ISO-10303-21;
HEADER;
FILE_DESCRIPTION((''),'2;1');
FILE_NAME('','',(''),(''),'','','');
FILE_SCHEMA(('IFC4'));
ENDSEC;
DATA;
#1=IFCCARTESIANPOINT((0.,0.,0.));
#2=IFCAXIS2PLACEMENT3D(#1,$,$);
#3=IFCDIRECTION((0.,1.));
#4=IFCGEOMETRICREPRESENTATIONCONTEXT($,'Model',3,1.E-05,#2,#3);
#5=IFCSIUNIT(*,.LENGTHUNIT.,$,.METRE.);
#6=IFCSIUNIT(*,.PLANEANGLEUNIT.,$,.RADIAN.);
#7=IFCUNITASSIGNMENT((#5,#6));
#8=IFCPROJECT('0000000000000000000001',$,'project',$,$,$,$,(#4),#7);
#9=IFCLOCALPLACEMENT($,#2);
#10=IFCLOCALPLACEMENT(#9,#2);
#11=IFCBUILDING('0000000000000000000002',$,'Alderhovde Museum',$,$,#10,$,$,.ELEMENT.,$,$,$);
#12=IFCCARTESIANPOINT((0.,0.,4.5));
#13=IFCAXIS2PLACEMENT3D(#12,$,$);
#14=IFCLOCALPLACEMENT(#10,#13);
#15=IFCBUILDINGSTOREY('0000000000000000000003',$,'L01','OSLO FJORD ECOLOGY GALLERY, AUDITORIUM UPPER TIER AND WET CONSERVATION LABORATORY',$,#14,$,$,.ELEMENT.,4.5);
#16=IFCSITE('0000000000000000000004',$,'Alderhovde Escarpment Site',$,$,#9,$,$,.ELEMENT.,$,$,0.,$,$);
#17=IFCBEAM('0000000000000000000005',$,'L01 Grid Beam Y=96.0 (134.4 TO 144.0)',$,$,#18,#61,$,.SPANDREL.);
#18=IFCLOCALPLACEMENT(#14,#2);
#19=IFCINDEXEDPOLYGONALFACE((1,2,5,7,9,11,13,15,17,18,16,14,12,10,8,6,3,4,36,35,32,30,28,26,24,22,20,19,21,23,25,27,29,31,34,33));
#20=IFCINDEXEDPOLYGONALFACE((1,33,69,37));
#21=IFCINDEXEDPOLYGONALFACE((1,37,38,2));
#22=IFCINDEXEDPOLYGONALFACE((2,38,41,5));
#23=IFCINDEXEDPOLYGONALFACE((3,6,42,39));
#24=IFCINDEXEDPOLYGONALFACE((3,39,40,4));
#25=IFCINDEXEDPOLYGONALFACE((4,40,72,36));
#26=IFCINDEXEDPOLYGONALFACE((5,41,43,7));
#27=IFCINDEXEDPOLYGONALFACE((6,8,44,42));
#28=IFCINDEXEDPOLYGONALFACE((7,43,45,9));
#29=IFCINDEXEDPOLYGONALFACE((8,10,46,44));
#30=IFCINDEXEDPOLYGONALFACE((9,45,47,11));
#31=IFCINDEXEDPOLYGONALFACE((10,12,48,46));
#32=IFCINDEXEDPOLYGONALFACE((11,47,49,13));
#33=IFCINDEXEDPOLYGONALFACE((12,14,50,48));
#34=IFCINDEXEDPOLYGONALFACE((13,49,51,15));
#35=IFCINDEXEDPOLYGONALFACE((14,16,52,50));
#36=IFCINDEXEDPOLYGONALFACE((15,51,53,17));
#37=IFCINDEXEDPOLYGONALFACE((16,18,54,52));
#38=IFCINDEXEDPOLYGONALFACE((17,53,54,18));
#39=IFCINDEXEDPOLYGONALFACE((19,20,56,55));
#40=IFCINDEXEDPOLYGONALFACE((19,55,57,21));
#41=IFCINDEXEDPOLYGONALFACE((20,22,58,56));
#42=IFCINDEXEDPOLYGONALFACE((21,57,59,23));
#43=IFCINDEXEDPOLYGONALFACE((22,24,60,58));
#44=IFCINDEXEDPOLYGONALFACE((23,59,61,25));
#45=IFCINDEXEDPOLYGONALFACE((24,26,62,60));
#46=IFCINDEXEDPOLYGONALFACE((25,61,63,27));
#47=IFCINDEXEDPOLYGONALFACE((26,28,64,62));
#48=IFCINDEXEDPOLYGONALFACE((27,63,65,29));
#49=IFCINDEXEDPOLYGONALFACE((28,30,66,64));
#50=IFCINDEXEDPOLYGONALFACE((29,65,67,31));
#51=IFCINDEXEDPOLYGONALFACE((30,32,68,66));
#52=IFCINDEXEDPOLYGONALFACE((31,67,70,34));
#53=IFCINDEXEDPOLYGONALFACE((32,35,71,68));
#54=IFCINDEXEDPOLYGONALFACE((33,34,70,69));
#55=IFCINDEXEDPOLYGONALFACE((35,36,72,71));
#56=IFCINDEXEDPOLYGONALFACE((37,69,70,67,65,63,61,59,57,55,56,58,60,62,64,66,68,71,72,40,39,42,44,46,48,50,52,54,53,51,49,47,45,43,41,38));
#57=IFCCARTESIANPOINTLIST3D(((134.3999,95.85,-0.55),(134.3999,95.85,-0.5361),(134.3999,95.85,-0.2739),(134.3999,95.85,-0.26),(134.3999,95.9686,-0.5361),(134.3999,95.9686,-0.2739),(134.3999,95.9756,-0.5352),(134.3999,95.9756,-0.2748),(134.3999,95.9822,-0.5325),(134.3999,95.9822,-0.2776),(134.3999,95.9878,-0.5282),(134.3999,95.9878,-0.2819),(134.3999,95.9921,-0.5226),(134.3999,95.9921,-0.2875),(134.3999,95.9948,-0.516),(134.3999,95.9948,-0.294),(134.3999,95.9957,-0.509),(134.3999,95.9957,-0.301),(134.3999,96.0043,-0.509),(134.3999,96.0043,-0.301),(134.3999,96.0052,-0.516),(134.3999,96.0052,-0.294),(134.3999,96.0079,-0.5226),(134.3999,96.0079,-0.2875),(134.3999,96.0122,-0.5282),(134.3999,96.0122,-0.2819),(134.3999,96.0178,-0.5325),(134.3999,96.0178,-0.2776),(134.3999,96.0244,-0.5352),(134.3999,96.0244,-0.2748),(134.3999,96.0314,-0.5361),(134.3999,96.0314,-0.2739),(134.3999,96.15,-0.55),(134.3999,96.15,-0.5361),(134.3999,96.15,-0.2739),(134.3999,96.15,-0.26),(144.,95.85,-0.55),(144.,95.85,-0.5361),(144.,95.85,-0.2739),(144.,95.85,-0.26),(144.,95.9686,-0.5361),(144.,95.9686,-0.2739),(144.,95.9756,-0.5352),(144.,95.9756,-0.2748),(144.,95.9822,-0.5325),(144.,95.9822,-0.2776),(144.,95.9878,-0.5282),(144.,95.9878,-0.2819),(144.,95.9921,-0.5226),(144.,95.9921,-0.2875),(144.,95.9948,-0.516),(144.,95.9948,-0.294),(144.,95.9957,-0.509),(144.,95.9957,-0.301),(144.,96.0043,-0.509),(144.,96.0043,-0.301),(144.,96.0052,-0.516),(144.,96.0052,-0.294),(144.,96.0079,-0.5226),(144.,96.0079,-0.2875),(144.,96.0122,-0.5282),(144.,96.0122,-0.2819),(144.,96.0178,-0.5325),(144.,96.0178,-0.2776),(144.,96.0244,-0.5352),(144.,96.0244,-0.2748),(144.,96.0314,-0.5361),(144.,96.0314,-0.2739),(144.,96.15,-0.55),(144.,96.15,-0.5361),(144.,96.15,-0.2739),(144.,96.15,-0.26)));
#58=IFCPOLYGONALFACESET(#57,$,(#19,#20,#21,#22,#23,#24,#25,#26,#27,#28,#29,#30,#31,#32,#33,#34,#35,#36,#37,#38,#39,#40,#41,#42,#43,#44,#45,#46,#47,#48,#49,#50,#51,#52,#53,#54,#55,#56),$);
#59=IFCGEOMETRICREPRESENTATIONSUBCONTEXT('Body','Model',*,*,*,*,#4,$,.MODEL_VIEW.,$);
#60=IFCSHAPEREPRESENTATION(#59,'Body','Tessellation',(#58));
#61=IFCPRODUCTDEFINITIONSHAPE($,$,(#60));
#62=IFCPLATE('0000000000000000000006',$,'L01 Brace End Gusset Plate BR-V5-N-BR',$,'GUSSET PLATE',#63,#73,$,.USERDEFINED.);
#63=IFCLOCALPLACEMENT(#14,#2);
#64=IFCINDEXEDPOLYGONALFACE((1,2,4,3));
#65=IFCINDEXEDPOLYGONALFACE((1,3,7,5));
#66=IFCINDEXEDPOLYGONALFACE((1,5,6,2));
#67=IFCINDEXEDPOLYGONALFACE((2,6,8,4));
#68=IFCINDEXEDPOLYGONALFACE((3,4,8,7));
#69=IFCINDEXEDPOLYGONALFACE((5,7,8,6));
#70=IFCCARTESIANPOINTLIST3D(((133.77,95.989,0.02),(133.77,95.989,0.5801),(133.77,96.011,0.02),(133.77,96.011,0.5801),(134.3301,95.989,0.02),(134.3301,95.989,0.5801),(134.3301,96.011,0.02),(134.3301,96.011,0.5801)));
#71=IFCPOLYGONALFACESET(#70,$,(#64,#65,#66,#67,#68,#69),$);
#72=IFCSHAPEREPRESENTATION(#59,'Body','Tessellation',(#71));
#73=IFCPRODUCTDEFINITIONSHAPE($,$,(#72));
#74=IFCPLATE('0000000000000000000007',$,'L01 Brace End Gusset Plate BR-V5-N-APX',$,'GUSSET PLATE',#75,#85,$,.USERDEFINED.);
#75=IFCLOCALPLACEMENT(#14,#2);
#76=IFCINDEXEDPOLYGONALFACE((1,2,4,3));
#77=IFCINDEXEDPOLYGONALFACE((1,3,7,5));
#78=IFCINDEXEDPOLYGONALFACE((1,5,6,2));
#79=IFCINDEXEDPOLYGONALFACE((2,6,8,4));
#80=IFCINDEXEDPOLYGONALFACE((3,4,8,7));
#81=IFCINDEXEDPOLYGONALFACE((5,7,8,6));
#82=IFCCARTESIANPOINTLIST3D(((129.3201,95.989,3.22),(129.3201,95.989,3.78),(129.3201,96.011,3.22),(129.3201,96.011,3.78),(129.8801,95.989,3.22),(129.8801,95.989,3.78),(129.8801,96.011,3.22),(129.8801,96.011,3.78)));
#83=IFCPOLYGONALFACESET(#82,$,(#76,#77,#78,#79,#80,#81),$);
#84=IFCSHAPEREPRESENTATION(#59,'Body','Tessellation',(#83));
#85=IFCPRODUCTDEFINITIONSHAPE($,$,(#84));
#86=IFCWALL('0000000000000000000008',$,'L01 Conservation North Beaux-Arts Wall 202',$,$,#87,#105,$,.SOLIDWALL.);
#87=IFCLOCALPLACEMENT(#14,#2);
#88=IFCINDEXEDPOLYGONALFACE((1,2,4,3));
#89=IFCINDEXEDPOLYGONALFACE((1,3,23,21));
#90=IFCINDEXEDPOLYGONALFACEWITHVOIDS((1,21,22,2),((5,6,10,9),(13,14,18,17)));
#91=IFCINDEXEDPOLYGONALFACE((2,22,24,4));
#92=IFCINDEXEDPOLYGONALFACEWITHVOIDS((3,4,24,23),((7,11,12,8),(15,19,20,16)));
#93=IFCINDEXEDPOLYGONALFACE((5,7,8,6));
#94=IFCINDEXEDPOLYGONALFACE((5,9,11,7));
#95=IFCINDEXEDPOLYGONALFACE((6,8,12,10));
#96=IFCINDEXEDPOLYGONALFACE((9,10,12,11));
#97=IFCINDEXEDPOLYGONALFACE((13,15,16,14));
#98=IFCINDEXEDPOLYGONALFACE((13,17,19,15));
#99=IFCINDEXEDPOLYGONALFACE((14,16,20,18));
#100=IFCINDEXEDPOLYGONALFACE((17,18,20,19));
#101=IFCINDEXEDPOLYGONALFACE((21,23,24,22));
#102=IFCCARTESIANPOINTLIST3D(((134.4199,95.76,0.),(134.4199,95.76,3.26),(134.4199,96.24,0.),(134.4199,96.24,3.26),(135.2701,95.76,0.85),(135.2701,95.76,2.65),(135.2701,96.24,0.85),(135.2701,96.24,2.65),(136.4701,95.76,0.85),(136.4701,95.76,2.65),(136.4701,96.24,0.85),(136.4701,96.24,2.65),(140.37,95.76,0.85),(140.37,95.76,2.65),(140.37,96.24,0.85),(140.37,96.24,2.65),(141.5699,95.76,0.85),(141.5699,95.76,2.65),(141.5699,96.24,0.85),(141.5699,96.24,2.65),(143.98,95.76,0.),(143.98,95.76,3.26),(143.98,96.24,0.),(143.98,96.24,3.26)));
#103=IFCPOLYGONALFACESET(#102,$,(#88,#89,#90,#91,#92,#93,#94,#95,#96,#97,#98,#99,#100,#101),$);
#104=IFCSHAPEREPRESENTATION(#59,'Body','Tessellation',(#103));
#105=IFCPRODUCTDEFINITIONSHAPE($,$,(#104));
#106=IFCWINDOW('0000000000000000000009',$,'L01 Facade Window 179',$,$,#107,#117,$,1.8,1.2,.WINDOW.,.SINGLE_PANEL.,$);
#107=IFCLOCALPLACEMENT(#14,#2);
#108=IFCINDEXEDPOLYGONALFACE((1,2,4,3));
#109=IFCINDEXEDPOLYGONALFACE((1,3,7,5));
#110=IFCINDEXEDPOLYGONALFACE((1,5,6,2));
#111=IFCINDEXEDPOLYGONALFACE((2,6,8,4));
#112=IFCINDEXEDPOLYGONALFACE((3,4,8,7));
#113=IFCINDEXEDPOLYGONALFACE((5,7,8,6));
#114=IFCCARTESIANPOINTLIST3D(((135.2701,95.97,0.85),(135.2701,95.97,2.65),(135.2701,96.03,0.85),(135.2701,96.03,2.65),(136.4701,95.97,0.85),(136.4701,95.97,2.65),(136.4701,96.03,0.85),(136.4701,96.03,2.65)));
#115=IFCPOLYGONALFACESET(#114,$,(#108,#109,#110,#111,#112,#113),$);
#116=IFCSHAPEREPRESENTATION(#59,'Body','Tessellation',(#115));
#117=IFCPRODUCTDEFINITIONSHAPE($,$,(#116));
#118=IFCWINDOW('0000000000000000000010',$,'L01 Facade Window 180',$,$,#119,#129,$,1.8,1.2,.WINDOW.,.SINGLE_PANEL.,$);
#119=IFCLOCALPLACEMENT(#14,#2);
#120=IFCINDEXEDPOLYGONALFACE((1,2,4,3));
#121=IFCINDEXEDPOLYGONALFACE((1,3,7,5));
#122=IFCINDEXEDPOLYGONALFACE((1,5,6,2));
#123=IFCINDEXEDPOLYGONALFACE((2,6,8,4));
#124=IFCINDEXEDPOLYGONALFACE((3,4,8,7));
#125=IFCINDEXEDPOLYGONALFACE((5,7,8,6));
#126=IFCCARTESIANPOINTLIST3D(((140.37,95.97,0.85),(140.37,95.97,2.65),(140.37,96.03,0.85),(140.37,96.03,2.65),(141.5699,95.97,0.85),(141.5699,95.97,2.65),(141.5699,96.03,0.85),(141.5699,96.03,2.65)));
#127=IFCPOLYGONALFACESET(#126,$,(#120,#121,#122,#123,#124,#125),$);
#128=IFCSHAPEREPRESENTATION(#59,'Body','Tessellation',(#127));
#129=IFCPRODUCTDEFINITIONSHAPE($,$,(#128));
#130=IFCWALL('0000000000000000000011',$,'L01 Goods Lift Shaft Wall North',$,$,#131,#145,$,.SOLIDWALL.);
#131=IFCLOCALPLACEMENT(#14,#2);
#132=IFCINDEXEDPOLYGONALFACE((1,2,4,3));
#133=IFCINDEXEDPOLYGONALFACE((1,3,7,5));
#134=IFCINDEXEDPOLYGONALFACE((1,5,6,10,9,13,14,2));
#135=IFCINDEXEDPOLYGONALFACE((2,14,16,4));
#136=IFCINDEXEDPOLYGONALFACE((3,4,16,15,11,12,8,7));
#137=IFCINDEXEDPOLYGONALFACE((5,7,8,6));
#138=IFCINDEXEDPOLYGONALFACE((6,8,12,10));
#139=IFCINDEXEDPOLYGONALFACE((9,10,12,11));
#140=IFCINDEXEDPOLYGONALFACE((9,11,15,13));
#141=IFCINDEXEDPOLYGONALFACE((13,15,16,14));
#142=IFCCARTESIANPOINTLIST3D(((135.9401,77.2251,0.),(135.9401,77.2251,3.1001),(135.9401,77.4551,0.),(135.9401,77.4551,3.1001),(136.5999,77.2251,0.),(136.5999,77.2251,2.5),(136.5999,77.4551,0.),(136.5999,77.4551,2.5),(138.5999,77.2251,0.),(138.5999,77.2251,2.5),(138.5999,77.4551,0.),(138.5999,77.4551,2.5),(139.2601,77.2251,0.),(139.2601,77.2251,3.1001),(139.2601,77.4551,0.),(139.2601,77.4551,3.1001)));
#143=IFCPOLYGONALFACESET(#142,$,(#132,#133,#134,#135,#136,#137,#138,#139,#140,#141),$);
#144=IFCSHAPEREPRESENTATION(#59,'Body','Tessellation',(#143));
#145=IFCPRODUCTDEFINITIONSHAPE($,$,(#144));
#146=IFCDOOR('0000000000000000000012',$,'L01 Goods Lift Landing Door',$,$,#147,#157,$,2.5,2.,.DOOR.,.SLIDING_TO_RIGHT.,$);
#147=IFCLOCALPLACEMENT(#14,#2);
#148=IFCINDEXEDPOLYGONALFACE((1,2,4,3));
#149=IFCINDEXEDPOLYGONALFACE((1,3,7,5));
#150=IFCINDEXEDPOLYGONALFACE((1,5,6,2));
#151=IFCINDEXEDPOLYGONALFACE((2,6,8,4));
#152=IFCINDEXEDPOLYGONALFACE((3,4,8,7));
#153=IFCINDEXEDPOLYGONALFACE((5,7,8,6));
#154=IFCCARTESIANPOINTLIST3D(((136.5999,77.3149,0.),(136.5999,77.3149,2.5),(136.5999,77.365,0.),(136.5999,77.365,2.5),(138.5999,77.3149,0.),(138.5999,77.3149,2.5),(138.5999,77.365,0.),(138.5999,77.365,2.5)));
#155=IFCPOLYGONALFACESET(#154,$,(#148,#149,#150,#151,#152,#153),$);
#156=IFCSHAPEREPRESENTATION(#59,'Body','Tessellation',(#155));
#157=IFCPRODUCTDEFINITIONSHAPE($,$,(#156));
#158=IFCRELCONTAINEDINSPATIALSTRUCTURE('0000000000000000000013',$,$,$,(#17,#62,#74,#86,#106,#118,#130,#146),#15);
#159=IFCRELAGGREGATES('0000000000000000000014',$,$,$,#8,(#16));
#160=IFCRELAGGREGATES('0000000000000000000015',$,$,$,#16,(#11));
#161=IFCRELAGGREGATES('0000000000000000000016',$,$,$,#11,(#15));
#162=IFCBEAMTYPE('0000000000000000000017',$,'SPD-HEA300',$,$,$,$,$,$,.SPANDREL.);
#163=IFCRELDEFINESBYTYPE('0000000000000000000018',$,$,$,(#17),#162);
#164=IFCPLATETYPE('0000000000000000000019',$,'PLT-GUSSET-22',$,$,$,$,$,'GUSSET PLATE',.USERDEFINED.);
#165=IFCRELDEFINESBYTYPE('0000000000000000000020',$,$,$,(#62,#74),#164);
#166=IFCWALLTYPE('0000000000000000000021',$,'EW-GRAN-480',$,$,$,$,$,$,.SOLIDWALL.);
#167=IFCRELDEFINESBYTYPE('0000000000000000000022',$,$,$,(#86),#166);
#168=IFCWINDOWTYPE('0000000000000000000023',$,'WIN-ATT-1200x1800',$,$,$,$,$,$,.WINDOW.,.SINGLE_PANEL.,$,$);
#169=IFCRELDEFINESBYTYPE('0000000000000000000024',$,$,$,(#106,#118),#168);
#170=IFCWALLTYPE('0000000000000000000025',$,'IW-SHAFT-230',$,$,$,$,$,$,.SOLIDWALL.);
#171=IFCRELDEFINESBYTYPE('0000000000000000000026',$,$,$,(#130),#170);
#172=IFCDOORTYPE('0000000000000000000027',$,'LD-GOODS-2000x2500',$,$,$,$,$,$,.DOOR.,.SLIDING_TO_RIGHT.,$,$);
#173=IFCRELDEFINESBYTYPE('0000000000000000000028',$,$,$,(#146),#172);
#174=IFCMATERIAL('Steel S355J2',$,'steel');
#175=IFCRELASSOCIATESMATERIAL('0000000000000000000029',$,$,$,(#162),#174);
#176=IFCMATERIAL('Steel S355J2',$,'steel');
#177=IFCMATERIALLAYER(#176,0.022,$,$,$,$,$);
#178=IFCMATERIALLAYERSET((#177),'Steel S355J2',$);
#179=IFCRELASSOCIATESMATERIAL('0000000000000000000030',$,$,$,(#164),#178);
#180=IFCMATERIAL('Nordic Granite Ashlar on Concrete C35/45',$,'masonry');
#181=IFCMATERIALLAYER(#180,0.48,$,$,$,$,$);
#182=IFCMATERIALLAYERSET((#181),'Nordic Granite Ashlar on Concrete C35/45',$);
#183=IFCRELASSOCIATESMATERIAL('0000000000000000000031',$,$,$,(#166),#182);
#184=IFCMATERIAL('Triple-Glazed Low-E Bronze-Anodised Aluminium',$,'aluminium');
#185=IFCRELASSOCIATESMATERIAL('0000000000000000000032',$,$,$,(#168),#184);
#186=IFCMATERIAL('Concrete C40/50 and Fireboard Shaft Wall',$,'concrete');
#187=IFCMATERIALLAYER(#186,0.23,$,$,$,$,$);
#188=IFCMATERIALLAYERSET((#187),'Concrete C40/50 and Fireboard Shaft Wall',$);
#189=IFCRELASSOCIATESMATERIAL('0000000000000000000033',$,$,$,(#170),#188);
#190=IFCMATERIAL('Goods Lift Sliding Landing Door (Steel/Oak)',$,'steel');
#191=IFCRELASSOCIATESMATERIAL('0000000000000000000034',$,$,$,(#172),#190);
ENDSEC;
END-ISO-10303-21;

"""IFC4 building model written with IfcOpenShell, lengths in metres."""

from ifc_helpers import new_model, si_unit, direction, frame, frame_2d, origin, origin_2d, place, context, subcontext, project, spatial, rectangle, i_section, extrude, material, layer, layer_set, material_profile, profile_set, type_object, element, fill, save


model = new_model("IFC4")

# Units and contexts
model_context = context("Model", 3, precision=1e-05, world=origin(), true_north=direction((0.0, 1.0)))
body_context = subcontext(model_context, "Body", "Model", "MODEL_VIEW")
ifc_project = project(units=[si_unit("LENGTHUNIT", "METRE"), si_unit("PLANEANGLEUNIT", "RADIAN")], contexts=[model_context])

# Site, building, storey
site_placement = place(None, origin())
site = spatial("IfcSite", under=ifc_project, at=site_placement, Name="Alderhovde Escarpment Site", CompositionType="ELEMENT", RefElevation=0.0)
building_placement = place(site_placement, origin())
building = spatial("IfcBuilding", under=site, at=building_placement, Name="Alderhovde Museum", CompositionType="ELEMENT")
storey_placement = place(building_placement, frame((0.0, 0.0, 4.5)))
storey = spatial("IfcBuildingStorey", under=building, at=storey_placement, Name="L01", Description="OSLO FJORD ECOLOGY GALLERY, AUDITORIUM UPPER TIER AND WET CONSERVATION LABORATORY", CompositionType="ELEMENT", Elevation=4.5)

# Beam
ifc_material_1 = material(Name="Steel S355J2", Category="steel")
ifc_material_profile_1 = material_profile(ifc_material_1, i_section(OverallWidth=0.3, OverallDepth=0.29, WebThickness=0.0085, FlangeThickness=0.0139, FilletRadius=0.0271, at=origin_2d()), Name="HEA 300")
ifc_profile_set_1 = profile_set([ifc_material_profile_1], Name="Steel S355J2")
beam_type_1 = type_object("IfcBeamType", Name="SPD-HEA300", PredefinedType="SPANDREL", material=ifc_profile_set_1)
beam_1_placement = place(storey_placement, frame((134.3999, 96.0, -0.405), z_axis=(1.0, 0.0, 0.0), x_axis=(0.0, 1.0, 0.0)))
element("IfcBeam", 1, at=beam_1_placement, inside=storey, type_object=beam_type_1, Name="L01 Grid Beam Y=96.0 (134.4 TO 144.0)", PredefinedType="SPANDREL", context=body_context, shape_type="SweptSolid", body=[
    extrude(i_section(OverallWidth=0.3, OverallDepth=0.29, WebThickness=0.0085, FlangeThickness=0.0139, FilletRadius=0.0271, at=origin_2d()), origin(), (0.0, 0.0, 1.0), 9.6001),
])

# Plates
ifc_material_2 = material(Name="Steel S355J2", Category="steel")
ifc_layer_1 = layer(ifc_material_2, 0.022)
ifc_layer_set_1 = layer_set([ifc_layer_1], Name="Steel S355J2")
plate_type = type_object("IfcPlateType", Name="PLT-GUSSET-22", ElementType="GUSSET PLATE", PredefinedType="USERDEFINED", material=ifc_layer_set_1)
for number, where, z_axis, x_axis, name in (
    (2, (134.05, 96.0, 0.02), (0.0, 0.0, 1.0), (1.0, 0.0, 0.0), "L01 Brace End Gusset Plate BR-V5-N-BR"),
    (3, (129.6001, 96.0, 3.22), (0.0, 0.0, 1.0), (1.0, 0.0, 0.0), "L01 Brace End Gusset Plate BR-V5-N-APX"),
):
    element("IfcPlate", number, at=place(storey_placement, frame(where, z_axis=z_axis, x_axis=x_axis)), inside=storey, type_object=plate_type, Name=name, ObjectType="GUSSET PLATE", PredefinedType="USERDEFINED", context=body_context, shape_type="SweptSolid", body=[
        extrude(rectangle(XDim=0.5601, YDim=0.022, at=origin_2d()), origin(), (0.0, 0.0, 1.0), 0.5601),
    ])

# Wall, openings, windows
ifc_material_3 = material(Name="Nordic Granite Ashlar on Concrete C35/45", Category="masonry")
ifc_layer_2 = layer(ifc_material_3, 0.48)
ifc_layer_set_2 = layer_set([ifc_layer_2], Name="Nordic Granite Ashlar on Concrete C35/45")
wall_type_1 = type_object("IfcWallType", Name="EW-GRAN-480", PredefinedType="SOLIDWALL", material=ifc_layer_set_2)
wall_1_placement = place(storey_placement, frame((134.4199, 96.0, 0.0), z_axis=(0.0, 0.0, 1.0), x_axis=(1.0, 0.0, 0.0)))
wall_1 = element("IfcWall", 4, at=wall_1_placement, inside=storey, type_object=wall_type_1, Name="L01 Conservation North Beaux-Arts Wall 202", PredefinedType="SOLIDWALL", context=body_context, shape_type="SweptSolid", body=[
    extrude(rectangle(XDim=9.5601, YDim=0.48, at=frame_2d((4.78, 0.0))), origin(), (0.0, 0.0, 1.0), 3.26),
])
opening_1_placement = place(wall_1_placement, frame((0.8501, 0.0, 0.8501)))
opening_1 = element("IfcOpeningElement", 5, at=opening_1_placement, cuts=wall_1, PredefinedType="OPENING", context=body_context, shape_type="SweptSolid", body=[
    extrude(rectangle(XDim=1.2, YDim=1.8, at=frame_2d((0.6001, 0.8999))), frame((0.0, 0.25, 0.0), z_axis=(0.0, -1.0, 0.0), x_axis=(1.0, 0.0, 0.0)), (0.0, 0.0, 1.0), 0.5),
])
opening_2_placement = place(wall_1_placement, frame((5.95, 0.0, 0.8501)))
opening_2 = element("IfcOpeningElement", 6, at=opening_2_placement, cuts=wall_1, PredefinedType="OPENING", context=body_context, shape_type="SweptSolid", body=[
    extrude(rectangle(XDim=1.2, YDim=1.8, at=frame_2d((0.6001, 0.8999))), frame((0.0, 0.25, 0.0), z_axis=(0.0, -1.0, 0.0), x_axis=(1.0, 0.0, 0.0)), (0.0, 0.0, 1.0), 0.5),
])
ifc_material_4 = material(Name="Triple-Glazed Low-E Bronze-Anodised Aluminium", Category="aluminium")
window_type = type_object("IfcWindowType", Name="WIN-ATT-1200x1800", PartitioningType="SINGLE_PANEL", PredefinedType="WINDOW", material=ifc_material_4)
window_1_placement = place(opening_1_placement, origin())
window_1 = element("IfcWindow", 7, at=window_1_placement, inside=storey, type_object=window_type, Name="L01 Facade Window 179", OverallHeight=1.8, OverallWidth=1.2, PartitioningType="SINGLE_PANEL", PredefinedType="WINDOW", context=body_context, shape_type="SweptSolid", body=[
    extrude(rectangle(XDim=1.2, YDim=1.8, at=frame_2d((0.6001, 0.8999))), frame((0.0, 0.03, 0.0), z_axis=(0.0, -1.0, 0.0), x_axis=(1.0, 0.0, 0.0)), (0.0, 0.0, 1.0), 0.0601),
])
fill(opening_1, window_1)
window_2_placement = place(opening_2_placement, origin())
window_2 = element("IfcWindow", 8, at=window_2_placement, inside=storey, type_object=window_type, Name="L01 Facade Window 180", OverallHeight=1.8, OverallWidth=1.2, PartitioningType="SINGLE_PANEL", PredefinedType="WINDOW", context=body_context, shape_type="SweptSolid", body=[
    extrude(rectangle(XDim=1.2, YDim=1.8, at=frame_2d((0.6001, 0.8999))), frame((0.0, 0.03, 0.0), z_axis=(0.0, -1.0, 0.0), x_axis=(1.0, 0.0, 0.0)), (0.0, 0.0, 1.0), 0.0601),
])
fill(opening_2, window_2)

# Wall, opening, door
ifc_material_5 = material(Name="Concrete C40/50 and Fireboard Shaft Wall", Category="concrete")
ifc_layer_3 = layer(ifc_material_5, 0.23)
ifc_layer_set_3 = layer_set([ifc_layer_3], Name="Concrete C40/50 and Fireboard Shaft Wall")
wall_type_2 = type_object("IfcWallType", Name="IW-SHAFT-230", PredefinedType="SOLIDWALL", material=ifc_layer_set_3)
wall_2_placement = place(storey_placement, frame((135.9399, 77.3401, 0.0), z_axis=(0.0, 0.0, 1.0), x_axis=(1.0, 0.0, 0.0)))
wall_2 = element("IfcWall", 9, at=wall_2_placement, inside=storey, type_object=wall_type_2, Name="L01 Goods Lift Shaft Wall North", PredefinedType="SOLIDWALL", context=body_context, shape_type="SweptSolid", body=[
    extrude(rectangle(XDim=3.3201, YDim=0.23, at=frame_2d((1.6602, 0.0))), origin(), (0.0, 0.0, 1.0), 3.1001),
])
opening_3_placement = place(wall_2_placement, frame((0.6599, 0.0, 0.0)))
opening_3 = element("IfcOpeningElement", 10, at=opening_3_placement, cuts=wall_2, PredefinedType="OPENING", context=body_context, shape_type="SweptSolid", body=[
    extrude(rectangle(XDim=2.0, YDim=2.5, at=frame_2d((1.0, 1.25))), frame((0.0, 0.125, 0.0), z_axis=(0.0, -1.0, 0.0), x_axis=(1.0, 0.0, 0.0)), (0.0, 0.0, 1.0), 0.25),
])
ifc_material_6 = material(Name="Goods Lift Sliding Landing Door (Steel/Oak)", Category="steel")
door_type = type_object("IfcDoorType", Name="LD-GOODS-2000x2500", OperationType="SLIDING_TO_RIGHT", PredefinedType="DOOR", material=ifc_material_6)
door_placement = place(opening_3_placement, origin())
door = element("IfcDoor", 11, at=door_placement, inside=storey, type_object=door_type, Name="L01 Goods Lift Landing Door", OperationType="SLIDING_TO_RIGHT", OverallHeight=2.5, OverallWidth=2.0, PredefinedType="DOOR", context=body_context, shape_type="SweptSolid", body=[
    extrude(rectangle(XDim=2.0, YDim=2.5, at=frame_2d((1.0, 1.25))), frame((0.0, 0.0249, 0.0), z_axis=(0.0, -1.0, 0.0), x_axis=(1.0, 0.0, 0.0)), (0.0, 0.0, 1.0), 0.05),
])
fill(opening_3, door)

save(model, "model.ifc")
